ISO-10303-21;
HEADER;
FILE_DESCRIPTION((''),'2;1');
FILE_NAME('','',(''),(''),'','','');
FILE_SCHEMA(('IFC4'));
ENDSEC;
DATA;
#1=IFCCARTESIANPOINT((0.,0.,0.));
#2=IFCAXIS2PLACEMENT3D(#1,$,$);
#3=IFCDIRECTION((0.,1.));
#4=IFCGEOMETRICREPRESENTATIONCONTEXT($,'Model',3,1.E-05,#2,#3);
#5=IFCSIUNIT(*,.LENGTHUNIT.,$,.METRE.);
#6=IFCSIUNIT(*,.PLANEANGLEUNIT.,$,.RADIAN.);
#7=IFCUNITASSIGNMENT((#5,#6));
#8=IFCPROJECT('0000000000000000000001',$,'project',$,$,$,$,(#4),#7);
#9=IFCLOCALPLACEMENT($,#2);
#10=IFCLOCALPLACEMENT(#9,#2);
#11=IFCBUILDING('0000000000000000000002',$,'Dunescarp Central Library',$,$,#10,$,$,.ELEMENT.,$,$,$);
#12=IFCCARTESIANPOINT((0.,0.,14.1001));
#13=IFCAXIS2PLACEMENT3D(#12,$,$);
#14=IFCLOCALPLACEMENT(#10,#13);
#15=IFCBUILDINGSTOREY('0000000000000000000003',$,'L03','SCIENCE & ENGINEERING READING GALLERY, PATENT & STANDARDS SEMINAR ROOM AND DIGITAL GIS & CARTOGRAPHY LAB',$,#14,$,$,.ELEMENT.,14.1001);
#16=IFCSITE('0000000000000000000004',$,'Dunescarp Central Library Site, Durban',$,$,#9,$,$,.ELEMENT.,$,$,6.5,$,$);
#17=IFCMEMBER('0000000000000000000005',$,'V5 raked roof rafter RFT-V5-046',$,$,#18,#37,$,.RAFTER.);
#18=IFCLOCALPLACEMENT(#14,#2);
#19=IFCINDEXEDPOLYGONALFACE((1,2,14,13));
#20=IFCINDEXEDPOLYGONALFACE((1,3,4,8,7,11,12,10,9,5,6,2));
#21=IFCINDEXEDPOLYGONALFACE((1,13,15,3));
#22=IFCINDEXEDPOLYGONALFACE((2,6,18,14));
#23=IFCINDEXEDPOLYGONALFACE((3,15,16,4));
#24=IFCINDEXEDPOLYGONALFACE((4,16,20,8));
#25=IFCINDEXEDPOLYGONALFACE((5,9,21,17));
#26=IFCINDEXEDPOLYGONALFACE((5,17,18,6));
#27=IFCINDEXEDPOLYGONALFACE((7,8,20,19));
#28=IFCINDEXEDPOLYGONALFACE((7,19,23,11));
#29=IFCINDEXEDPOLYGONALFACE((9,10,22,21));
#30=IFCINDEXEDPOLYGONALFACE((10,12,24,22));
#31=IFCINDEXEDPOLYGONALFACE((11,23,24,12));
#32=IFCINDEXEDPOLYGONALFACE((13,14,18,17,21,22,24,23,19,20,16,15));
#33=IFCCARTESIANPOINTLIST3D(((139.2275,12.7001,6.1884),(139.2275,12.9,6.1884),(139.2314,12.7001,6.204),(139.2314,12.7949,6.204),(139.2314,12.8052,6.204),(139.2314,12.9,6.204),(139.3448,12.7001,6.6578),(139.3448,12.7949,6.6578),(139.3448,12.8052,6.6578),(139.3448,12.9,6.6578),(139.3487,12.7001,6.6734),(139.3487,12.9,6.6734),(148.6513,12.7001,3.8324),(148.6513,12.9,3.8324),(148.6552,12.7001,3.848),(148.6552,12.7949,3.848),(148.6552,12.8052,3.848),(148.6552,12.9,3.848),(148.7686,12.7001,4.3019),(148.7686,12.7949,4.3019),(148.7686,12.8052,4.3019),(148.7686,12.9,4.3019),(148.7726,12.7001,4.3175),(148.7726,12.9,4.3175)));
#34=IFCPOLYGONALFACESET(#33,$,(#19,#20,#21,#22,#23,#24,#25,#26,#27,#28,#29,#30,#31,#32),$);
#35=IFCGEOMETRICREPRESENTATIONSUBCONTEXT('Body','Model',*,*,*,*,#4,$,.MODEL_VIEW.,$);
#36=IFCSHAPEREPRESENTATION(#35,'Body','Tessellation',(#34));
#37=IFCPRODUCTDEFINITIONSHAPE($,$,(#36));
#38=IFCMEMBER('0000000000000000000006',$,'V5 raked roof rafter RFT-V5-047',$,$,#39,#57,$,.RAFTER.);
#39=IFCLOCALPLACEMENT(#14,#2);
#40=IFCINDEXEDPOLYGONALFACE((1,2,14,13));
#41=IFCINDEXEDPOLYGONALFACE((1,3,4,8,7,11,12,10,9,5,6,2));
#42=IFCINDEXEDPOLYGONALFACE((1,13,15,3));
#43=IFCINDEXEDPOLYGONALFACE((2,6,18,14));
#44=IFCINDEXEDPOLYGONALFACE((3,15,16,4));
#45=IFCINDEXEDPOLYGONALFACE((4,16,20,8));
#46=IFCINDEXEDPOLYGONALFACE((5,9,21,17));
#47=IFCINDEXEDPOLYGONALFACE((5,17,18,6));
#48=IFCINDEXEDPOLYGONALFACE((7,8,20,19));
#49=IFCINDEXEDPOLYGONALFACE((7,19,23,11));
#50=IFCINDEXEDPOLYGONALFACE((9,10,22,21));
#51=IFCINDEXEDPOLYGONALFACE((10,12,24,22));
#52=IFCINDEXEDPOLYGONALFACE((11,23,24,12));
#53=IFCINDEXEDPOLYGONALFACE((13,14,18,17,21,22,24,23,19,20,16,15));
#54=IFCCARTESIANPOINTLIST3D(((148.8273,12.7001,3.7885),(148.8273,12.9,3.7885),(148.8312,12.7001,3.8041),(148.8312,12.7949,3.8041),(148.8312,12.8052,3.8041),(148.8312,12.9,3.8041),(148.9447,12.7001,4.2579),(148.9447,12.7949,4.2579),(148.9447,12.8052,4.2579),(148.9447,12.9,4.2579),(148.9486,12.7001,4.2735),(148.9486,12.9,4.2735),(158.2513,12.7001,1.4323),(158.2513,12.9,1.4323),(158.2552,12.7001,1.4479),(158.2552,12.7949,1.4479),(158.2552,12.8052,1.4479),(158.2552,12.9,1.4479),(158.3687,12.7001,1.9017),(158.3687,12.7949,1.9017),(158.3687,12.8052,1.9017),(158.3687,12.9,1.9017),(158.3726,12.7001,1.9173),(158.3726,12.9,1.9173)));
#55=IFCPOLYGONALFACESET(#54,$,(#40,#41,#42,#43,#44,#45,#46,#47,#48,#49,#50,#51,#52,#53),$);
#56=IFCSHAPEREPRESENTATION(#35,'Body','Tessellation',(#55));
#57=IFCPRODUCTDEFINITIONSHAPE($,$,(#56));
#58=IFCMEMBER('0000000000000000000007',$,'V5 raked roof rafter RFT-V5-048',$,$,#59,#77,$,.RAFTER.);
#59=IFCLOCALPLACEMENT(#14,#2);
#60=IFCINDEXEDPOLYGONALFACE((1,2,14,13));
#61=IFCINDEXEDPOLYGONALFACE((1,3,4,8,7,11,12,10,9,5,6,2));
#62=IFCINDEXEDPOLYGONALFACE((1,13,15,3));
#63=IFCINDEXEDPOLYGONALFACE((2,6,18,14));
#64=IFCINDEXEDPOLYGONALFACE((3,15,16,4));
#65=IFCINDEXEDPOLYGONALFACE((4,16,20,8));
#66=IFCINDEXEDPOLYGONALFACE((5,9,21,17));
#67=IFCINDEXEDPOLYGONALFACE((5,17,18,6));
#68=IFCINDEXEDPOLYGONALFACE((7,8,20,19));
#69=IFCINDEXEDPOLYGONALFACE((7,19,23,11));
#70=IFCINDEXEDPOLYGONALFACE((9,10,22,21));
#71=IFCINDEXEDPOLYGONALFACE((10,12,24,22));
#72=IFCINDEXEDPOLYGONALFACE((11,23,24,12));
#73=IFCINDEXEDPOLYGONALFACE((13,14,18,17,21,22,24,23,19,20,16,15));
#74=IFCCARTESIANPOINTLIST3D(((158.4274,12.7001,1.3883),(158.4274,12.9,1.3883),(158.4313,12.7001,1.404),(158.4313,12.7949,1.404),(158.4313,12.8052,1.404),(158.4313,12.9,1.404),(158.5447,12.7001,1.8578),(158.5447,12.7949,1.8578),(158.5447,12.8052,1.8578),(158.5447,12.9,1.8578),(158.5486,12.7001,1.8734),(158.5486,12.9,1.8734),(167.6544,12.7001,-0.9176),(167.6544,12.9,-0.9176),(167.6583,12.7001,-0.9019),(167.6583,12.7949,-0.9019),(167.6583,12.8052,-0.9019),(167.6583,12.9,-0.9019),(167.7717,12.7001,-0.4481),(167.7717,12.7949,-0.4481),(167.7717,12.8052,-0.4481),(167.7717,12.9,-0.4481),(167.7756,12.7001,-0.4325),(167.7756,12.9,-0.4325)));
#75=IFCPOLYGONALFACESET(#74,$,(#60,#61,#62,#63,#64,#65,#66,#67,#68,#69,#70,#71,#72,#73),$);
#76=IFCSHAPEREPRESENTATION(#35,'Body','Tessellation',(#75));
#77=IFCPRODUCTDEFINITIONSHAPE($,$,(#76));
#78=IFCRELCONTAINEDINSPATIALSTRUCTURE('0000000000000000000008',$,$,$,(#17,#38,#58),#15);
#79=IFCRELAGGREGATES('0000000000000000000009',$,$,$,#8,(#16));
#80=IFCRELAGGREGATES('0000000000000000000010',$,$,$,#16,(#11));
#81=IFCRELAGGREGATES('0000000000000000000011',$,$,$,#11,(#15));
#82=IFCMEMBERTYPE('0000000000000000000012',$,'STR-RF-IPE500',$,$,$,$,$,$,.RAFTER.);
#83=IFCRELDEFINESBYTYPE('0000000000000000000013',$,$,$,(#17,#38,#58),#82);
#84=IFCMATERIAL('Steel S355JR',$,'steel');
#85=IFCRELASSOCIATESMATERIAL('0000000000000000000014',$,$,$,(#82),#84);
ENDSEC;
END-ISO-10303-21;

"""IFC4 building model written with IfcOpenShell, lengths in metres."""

from ifc_helpers import new_model, si_unit, direction, frame, origin, origin_2d, place, context, subcontext, project, spatial, i_section, extrude, material, material_profile, profile_set, type_object, element, save


model = new_model("IFC4")

# Units and contexts
model_context = context("Model", 3, precision=1e-05, world=origin(), true_north=direction((0.0, 1.0)))
body_context = subcontext(model_context, "Body", "Model", "MODEL_VIEW")
ifc_project = project(units=[si_unit("LENGTHUNIT", "METRE"), si_unit("PLANEANGLEUNIT", "RADIAN")], contexts=[model_context])

# Site, building, storey
site_placement = place(None, origin())
site = spatial("IfcSite", under=ifc_project, at=site_placement, Name="Dunescarp Central Library Site, Durban", CompositionType="ELEMENT", RefElevation=6.5)
building_placement = place(site_placement, origin())
building = spatial("IfcBuilding", under=site, at=building_placement, Name="Dunescarp Central Library", CompositionType="ELEMENT")
storey_placement = place(building_placement, frame((0.0, 0.0, 14.1001)))
storey = spatial("IfcBuildingStorey", under=building, at=storey_placement, Name="L03", Description="SCIENCE & ENGINEERING READING GALLERY, PATENT & STANDARDS SEMINAR ROOM AND DIGITAL GIS & CARTOGRAPHY LAB", CompositionType="ELEMENT", Elevation=14.1001)

# Shared definitions
ifc_material = material(Name="Steel S355JR", Category="steel")

# Members
ifc_material_profile_1 = material_profile(ifc_material, i_section(OverallWidth=0.2, OverallDepth=0.5, WebThickness=0.0103, FlangeThickness=0.0161, at=origin_2d()), Name="IPE 500")
ifc_profile_set_1 = profile_set([ifc_material_profile_1], Name="Steel S355JR")
member_type_1 = type_object("IfcMemberType", Name="STR-RF-IPE500", PredefinedType="RAFTER", material=ifc_profile_set_1)
member_1_placement = place(storey_placement, frame((139.2881, 12.8, 6.4309), z_axis=(0.970143, 0.0, -0.242536), x_axis=(0.0, 1.0, 0.0)))
element("IfcMember", 1, at=member_1_placement, inside=storey, type_object=member_type_1, Name="V5 raked roof rafter RFT-V5-046", PredefinedType="RAFTER", context=body_context, shape_type="SweptSolid", body=[
    extrude(i_section(OverallWidth=0.2, OverallDepth=0.5, WebThickness=0.0103, FlangeThickness=0.0161, at=origin_2d()), origin(), (0.0, 0.0, 1.0), 9.7139),
])
member_2_placement = place(storey_placement, frame((148.8879, 12.8, 4.031), z_axis=(0.970138, 0.0, -0.242553), x_axis=(0.0, 1.0, 0.0)))
element("IfcMember", 2, at=member_2_placement, inside=storey, type_object=member_type_1, Name="V5 raked roof rafter RFT-V5-047", PredefinedType="RAFTER", context=body_context, shape_type="SweptSolid", body=[
    extrude(i_section(OverallWidth=0.2, OverallDepth=0.5, WebThickness=0.0103, FlangeThickness=0.0161, at=origin_2d()), origin(), (0.0, 0.0, 1.0), 9.7141),
])
member_3_placement = place(storey_placement, frame((158.488, 12.8, 1.6309), z_axis=(0.970164, 0.0, -0.242451), x_axis=(0.0, 1.0, 0.0)))
element("IfcMember", 3, at=member_3_placement, inside=storey, type_object=member_type_1, Name="V5 raked roof rafter RFT-V5-048", PredefinedType="RAFTER", context=body_context, shape_type="SweptSolid", body=[
    extrude(i_section(OverallWidth=0.2, OverallDepth=0.5, WebThickness=0.0103, FlangeThickness=0.0161, at=origin_2d()), origin(), (0.0, 0.0, 1.0), 9.5107),
])

save(model, "model.ifc")
